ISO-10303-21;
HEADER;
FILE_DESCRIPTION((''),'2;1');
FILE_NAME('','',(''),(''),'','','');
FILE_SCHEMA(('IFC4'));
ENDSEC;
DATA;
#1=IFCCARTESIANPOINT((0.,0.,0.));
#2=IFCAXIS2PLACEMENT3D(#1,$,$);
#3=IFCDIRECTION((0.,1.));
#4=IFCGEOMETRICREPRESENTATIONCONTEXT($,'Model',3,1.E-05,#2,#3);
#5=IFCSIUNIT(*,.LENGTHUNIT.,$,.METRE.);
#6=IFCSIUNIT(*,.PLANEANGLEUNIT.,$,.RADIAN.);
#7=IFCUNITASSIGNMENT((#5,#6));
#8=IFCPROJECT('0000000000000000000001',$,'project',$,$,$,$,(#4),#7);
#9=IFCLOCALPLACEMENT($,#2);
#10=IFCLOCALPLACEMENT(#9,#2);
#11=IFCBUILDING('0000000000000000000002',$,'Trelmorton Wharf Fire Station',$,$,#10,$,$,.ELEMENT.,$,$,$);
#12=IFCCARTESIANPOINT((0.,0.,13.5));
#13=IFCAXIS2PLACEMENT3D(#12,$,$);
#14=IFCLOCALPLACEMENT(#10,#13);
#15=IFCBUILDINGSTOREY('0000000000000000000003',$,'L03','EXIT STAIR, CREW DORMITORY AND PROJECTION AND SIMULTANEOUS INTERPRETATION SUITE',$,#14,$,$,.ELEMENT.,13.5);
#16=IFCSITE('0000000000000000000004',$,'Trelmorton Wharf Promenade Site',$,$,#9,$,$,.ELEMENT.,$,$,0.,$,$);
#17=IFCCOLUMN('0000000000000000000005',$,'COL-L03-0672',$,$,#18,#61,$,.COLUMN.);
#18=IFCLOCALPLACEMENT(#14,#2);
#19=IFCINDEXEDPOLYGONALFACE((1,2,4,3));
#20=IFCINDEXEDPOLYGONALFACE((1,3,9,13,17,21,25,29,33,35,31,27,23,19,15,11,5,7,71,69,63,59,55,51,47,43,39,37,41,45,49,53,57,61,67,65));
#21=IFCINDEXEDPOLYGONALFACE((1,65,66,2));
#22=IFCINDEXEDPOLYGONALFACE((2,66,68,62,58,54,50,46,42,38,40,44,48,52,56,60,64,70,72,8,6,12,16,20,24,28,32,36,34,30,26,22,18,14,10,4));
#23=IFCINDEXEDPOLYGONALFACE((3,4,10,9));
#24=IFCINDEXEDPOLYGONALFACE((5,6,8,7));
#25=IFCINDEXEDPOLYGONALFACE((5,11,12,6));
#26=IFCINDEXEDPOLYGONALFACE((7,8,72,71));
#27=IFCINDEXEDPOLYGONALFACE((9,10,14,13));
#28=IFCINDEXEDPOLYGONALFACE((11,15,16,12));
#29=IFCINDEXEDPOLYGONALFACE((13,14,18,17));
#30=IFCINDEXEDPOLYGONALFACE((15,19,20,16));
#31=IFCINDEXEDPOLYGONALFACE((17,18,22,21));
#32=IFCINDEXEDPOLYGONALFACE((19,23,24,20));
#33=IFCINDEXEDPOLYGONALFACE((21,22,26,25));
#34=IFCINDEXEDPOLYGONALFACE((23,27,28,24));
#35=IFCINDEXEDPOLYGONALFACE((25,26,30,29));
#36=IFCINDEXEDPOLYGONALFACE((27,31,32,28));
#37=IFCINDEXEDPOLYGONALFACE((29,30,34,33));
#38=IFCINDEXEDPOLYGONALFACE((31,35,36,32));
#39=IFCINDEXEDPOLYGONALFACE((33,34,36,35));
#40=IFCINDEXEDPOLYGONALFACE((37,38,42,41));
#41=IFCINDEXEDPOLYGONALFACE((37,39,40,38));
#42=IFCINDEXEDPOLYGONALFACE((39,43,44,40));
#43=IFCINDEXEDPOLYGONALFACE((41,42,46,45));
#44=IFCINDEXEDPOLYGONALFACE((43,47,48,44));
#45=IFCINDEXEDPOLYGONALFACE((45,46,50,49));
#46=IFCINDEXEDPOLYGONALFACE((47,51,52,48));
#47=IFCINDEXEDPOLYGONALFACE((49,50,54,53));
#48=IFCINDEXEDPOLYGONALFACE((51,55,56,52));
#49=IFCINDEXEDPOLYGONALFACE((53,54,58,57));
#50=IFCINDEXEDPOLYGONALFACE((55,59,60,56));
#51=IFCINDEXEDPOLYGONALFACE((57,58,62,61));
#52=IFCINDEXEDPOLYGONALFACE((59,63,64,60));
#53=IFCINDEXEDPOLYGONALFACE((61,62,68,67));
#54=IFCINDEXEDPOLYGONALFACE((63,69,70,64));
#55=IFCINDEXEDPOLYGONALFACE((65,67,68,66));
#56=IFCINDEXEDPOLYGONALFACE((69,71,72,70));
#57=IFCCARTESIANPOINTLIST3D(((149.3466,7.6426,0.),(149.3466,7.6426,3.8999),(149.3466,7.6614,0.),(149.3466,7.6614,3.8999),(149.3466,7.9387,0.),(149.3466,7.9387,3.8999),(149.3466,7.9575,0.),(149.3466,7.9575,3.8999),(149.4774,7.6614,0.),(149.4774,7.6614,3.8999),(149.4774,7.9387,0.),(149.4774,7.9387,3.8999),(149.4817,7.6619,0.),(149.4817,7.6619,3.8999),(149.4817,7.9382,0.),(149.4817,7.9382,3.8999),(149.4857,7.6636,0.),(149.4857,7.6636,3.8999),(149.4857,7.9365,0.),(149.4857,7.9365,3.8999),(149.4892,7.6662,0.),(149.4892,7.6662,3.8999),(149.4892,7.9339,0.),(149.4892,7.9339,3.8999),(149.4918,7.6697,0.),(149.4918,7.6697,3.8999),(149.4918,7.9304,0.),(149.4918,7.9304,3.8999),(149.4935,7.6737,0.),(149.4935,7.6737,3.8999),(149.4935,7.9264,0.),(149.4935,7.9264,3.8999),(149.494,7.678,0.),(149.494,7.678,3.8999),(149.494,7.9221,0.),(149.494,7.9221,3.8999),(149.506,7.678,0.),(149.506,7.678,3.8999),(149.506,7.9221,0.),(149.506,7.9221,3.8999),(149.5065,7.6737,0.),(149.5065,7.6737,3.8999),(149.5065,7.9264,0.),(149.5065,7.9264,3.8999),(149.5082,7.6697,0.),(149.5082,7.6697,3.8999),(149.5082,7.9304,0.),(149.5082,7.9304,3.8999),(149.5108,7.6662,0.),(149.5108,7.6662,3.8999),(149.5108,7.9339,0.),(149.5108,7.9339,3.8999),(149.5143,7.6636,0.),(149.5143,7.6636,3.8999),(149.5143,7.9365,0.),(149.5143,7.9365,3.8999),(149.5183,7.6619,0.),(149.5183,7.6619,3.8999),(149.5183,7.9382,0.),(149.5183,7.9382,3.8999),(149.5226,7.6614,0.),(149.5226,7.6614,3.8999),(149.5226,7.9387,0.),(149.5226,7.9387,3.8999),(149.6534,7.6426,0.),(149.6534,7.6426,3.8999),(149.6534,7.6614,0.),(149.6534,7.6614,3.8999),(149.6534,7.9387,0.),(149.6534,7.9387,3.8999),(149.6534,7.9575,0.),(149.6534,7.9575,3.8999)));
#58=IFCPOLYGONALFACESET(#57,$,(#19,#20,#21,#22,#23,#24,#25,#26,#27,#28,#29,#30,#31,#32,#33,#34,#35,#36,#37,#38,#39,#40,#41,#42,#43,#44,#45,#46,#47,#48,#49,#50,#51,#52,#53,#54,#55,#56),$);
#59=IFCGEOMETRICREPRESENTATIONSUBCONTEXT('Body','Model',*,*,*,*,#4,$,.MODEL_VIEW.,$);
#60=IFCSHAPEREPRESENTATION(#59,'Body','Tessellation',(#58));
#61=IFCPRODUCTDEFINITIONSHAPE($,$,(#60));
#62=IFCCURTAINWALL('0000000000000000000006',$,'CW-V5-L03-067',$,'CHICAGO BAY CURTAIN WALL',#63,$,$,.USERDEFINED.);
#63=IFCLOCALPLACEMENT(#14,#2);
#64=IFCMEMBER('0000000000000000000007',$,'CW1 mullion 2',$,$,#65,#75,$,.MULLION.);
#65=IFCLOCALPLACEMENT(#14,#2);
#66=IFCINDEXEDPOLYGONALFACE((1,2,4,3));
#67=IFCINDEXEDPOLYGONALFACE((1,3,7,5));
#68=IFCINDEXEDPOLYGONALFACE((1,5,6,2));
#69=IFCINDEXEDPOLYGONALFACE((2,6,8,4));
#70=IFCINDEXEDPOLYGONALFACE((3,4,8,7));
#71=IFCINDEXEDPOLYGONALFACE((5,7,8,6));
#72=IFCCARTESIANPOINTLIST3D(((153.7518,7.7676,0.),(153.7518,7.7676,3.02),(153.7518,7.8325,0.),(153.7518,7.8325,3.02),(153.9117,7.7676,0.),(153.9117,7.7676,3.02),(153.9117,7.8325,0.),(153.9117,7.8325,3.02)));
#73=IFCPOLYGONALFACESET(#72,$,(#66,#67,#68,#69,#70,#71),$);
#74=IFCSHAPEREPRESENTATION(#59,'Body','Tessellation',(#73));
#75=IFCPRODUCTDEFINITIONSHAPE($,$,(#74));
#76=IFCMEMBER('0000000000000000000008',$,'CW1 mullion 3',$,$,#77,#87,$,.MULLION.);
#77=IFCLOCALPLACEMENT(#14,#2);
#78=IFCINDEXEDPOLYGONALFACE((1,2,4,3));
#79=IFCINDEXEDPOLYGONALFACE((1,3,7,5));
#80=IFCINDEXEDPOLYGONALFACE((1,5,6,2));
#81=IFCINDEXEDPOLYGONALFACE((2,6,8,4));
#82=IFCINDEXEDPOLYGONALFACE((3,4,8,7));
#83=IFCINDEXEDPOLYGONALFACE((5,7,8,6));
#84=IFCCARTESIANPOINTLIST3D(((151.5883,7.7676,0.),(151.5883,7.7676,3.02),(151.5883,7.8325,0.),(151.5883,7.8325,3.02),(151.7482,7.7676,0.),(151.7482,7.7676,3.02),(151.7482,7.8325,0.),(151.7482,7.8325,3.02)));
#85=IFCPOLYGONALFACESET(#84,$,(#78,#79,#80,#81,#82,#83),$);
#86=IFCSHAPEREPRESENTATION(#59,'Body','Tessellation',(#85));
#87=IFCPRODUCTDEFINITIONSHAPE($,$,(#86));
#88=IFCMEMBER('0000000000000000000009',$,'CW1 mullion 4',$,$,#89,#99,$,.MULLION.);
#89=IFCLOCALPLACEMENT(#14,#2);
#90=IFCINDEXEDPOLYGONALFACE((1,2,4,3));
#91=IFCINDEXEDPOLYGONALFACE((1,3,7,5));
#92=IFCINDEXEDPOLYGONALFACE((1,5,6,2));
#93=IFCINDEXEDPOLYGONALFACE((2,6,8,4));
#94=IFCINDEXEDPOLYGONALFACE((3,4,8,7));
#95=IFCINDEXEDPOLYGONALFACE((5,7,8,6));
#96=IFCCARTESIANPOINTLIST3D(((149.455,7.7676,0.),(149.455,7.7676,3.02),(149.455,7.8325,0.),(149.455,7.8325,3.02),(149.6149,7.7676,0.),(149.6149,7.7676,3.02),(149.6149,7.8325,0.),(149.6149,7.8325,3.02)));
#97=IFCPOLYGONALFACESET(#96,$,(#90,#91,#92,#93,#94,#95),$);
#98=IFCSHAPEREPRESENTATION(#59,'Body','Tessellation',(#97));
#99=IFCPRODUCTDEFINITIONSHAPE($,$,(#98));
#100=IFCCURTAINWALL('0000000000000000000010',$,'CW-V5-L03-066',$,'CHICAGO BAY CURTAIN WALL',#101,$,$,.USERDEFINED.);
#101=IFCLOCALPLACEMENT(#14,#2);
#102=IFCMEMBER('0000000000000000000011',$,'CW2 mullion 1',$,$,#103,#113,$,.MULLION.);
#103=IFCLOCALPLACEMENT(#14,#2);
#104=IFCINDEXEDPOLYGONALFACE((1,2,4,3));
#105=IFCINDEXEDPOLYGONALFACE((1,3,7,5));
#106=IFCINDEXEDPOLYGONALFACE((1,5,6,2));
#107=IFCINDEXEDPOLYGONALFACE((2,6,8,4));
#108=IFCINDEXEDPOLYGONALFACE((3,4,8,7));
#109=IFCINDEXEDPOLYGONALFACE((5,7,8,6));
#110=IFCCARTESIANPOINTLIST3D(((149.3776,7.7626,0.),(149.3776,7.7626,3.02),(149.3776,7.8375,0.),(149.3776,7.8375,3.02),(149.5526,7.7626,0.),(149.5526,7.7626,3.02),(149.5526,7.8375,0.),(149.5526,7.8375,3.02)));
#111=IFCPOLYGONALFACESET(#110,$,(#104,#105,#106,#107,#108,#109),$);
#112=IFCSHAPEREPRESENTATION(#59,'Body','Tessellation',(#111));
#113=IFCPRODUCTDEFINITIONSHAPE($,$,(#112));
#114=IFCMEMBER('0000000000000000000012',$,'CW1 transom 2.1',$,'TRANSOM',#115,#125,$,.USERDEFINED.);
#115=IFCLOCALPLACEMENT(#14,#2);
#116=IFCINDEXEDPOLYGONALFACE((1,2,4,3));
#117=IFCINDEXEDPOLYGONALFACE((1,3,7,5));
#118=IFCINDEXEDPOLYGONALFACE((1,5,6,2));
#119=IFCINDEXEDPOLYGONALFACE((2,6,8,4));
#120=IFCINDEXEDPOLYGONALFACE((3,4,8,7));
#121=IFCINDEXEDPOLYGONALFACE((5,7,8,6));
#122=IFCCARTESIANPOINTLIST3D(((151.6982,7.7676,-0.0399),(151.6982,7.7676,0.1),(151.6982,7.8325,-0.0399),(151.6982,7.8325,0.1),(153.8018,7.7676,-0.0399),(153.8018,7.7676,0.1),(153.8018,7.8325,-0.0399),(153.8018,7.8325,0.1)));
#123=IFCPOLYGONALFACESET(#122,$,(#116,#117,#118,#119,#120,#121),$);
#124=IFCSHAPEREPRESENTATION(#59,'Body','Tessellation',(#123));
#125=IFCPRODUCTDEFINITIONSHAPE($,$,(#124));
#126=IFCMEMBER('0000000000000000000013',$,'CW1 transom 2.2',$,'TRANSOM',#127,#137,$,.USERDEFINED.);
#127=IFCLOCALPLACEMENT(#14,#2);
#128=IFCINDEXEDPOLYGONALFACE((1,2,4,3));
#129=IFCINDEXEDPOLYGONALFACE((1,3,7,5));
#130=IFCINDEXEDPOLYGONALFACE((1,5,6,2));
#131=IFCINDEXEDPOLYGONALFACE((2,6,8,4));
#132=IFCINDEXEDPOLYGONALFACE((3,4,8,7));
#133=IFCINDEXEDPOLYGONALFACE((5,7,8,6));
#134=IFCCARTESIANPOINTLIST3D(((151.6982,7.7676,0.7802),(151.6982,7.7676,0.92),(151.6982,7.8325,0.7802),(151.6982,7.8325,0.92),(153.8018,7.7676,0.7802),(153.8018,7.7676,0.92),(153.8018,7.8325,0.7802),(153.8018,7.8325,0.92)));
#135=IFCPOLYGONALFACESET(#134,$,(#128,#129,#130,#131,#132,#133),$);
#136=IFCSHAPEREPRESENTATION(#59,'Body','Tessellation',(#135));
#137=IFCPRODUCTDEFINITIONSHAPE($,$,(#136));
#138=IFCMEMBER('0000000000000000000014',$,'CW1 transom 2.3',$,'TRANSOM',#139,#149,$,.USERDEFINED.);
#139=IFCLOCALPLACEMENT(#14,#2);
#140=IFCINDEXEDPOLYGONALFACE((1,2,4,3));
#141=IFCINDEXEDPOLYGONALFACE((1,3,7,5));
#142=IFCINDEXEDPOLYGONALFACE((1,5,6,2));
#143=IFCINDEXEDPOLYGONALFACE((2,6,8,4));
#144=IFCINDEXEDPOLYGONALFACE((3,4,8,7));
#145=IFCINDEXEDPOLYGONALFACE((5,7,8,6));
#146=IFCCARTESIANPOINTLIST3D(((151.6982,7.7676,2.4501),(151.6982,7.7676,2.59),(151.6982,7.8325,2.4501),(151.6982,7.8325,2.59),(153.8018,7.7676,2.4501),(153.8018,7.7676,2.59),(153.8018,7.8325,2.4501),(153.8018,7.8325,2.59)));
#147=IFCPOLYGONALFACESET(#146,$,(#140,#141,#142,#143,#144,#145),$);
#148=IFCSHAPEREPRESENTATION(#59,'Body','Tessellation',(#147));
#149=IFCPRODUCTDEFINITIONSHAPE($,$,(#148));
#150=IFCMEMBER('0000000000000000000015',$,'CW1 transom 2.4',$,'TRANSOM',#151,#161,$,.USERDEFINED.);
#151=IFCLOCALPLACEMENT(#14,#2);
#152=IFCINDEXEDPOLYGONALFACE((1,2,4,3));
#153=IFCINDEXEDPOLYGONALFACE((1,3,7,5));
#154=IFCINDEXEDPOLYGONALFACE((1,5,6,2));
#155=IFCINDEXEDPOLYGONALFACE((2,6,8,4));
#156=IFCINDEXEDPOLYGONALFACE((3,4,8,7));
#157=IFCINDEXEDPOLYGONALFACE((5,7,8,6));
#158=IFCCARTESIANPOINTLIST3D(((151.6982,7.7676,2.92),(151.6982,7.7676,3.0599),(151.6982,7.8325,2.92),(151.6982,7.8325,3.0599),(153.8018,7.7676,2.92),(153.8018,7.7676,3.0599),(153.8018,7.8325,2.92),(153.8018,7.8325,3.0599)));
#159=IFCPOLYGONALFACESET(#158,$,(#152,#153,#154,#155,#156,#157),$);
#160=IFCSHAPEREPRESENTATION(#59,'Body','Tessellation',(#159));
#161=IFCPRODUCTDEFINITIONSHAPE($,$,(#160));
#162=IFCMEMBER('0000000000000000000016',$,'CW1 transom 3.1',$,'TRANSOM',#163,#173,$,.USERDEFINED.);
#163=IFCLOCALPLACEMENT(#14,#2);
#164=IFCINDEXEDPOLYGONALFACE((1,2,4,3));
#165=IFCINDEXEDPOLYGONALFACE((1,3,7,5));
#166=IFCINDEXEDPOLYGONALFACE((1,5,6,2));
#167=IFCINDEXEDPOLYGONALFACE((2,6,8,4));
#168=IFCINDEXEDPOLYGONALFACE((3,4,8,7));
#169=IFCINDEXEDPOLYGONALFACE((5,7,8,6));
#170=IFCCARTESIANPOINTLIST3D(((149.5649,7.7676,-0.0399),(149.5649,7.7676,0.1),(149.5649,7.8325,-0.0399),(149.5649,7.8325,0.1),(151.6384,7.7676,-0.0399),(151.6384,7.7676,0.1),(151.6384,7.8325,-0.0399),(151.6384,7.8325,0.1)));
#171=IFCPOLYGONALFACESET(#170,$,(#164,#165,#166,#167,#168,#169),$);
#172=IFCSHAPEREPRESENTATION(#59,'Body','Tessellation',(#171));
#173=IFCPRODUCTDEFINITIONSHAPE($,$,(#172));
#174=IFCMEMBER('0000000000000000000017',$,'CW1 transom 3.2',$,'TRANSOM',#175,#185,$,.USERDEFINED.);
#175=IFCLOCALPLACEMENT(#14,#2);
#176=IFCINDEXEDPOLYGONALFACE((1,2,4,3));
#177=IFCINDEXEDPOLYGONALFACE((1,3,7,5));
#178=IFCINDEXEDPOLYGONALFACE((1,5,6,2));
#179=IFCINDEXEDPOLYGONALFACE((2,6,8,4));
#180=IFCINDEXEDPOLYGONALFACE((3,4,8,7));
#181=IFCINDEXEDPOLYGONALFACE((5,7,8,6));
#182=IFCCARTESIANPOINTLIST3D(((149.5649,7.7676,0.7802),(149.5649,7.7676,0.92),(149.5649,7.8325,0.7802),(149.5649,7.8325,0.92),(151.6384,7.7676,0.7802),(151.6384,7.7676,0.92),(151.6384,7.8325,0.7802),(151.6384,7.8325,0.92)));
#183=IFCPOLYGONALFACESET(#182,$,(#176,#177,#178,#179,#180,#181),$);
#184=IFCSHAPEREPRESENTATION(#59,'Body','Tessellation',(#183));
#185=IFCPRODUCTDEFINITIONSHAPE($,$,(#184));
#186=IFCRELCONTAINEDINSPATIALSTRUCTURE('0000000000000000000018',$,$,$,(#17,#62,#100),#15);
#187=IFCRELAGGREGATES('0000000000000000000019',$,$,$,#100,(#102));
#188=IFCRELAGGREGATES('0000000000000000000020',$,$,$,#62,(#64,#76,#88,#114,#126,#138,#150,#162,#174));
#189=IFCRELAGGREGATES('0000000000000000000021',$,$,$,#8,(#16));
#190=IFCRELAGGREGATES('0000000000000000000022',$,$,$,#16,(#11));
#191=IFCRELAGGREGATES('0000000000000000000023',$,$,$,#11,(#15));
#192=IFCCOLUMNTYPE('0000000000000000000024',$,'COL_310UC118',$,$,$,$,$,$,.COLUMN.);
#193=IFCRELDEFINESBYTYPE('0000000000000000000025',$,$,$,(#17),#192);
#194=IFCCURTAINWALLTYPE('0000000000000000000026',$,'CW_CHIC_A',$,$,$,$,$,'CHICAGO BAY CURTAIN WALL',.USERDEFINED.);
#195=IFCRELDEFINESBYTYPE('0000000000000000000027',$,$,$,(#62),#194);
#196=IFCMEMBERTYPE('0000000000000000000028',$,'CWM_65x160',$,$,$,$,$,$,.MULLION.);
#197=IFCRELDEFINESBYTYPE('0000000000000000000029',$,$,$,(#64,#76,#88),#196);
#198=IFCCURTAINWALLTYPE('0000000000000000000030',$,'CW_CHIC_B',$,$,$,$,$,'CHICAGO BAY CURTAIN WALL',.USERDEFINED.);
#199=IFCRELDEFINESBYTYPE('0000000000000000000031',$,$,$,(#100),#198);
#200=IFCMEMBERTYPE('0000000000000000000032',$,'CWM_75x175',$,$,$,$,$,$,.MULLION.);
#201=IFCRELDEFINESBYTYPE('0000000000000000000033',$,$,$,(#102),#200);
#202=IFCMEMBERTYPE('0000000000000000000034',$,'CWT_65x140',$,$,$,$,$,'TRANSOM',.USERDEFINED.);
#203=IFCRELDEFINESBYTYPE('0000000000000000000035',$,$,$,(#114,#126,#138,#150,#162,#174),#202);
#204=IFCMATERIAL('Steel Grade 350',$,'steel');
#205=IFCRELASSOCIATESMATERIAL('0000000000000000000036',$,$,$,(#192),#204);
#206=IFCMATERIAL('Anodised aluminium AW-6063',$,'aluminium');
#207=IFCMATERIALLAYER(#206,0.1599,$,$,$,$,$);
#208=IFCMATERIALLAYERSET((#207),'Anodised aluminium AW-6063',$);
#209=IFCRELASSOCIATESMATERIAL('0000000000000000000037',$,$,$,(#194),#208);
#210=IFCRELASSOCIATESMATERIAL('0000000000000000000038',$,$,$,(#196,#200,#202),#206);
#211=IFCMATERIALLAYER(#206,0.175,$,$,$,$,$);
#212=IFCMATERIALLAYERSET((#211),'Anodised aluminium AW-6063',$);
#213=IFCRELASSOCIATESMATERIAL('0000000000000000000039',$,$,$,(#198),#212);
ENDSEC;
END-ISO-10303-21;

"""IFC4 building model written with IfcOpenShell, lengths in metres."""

from ifc_helpers import new_model, si_unit, direction, frame, origin, origin_2d, place, context, subcontext, project, spatial, rectangle, i_section, extrude, material, layer, layer_set, material_profile, profile_set, type_object, element, aggregate, save


model = new_model("IFC4")

# Units and contexts
model_context = context("Model", 3, precision=1e-05, world=origin(), true_north=direction((0.0, 1.0)))
body_context = subcontext(model_context, "Body", "Model", "MODEL_VIEW")
ifc_project = project(units=[si_unit("LENGTHUNIT", "METRE"), si_unit("PLANEANGLEUNIT", "RADIAN")], contexts=[model_context])

# Site, building, storey
site_placement = place(None, origin())
site = spatial("IfcSite", under=ifc_project, at=site_placement, Name="Trelmorton Wharf Promenade Site", CompositionType="ELEMENT", RefElevation=0.0)
building_placement = place(site_placement, origin())
building = spatial("IfcBuilding", under=site, at=building_placement, Name="Trelmorton Wharf Fire Station", CompositionType="ELEMENT")
storey_placement = place(building_placement, frame((0.0, 0.0, 13.5)))
storey = spatial("IfcBuildingStorey", under=building, at=storey_placement, Name="L03", Description="EXIT STAIR, CREW DORMITORY AND PROJECTION AND SIMULTANEOUS INTERPRETATION SUITE", CompositionType="ELEMENT", Elevation=13.5)

# Column
ifc_material_1 = material(Name="Steel Grade 350", Category="steel")
ifc_material_profile_1 = material_profile(ifc_material_1, i_section(OverallWidth=0.3069, OverallDepth=0.3149, WebThickness=0.012, FlangeThickness=0.0188, FilletRadius=0.0166, at=origin_2d()), Name="310UC118")
ifc_profile_set_1 = profile_set([ifc_material_profile_1], Name="Steel Grade 350")
column_type = type_object("IfcColumnType", Name="COL_310UC118", PredefinedType="COLUMN", material=ifc_profile_set_1)
column_placement = place(storey_placement, frame((149.5, 7.8, 0.0), z_axis=(0.0, 0.0, 1.0), x_axis=(1.0, 0.0, 0.0)))
element("IfcColumn", 1, at=column_placement, inside=storey, type_object=column_type, Name="COL-L03-0672", PredefinedType="COLUMN", context=body_context, shape_type="SweptSolid", body=[
    extrude(i_section(OverallWidth=0.3069, OverallDepth=0.3149, WebThickness=0.012, FlangeThickness=0.0188, FilletRadius=0.0166, at=origin_2d()), origin(), (0.0, 0.0, 1.0), 3.8999),
])

# Curtain wall, members
ifc_material_2 = material(Name="Anodised aluminium AW-6063", Category="aluminium")
ifc_layer_1 = layer(ifc_material_2, 0.1599)
ifc_layer_set_1 = layer_set([ifc_layer_1], Name="Anodised aluminium AW-6063")
curtain_wall_type_1 = type_object("IfcCurtainWallType", Name="CW_CHIC_A", ElementType="CHICAGO BAY CURTAIN WALL", PredefinedType="USERDEFINED", material=ifc_layer_set_1)
curtain_wall_1_placement = place(storey_placement, origin())
curtain_wall_1 = element("IfcCurtainWall", 2, at=curtain_wall_1_placement, inside=storey, type_object=curtain_wall_type_1, Name="CW-V5-L03-067", ObjectType="CHICAGO BAY CURTAIN WALL", PredefinedType="USERDEFINED")
ifc_material_profile_2 = material_profile(ifc_material_2, rectangle(XDim=0.0649, YDim=0.1599, at=origin_2d()), Name="ALU-65x160")
ifc_profile_set_2 = profile_set([ifc_material_profile_2], Name="Anodised aluminium AW-6063")
member_type_1 = type_object("IfcMemberType", Name="CWM_65x160", PredefinedType="MULLION", material=ifc_profile_set_2)
member_1_placement = place(storey_placement, frame((153.8318, 7.8, 0.0), z_axis=(0.0, 0.0, 1.0), x_axis=(0.0, -1.0, 0.0)))
member_1 = element("IfcMember", 3, at=member_1_placement, type_object=member_type_1, Name="CW1 mullion 2", PredefinedType="MULLION", context=body_context, shape_type="SweptSolid", body=[
    extrude(rectangle(XDim=0.0649, YDim=0.1599, at=origin_2d()), origin(), (0.0, 0.0, 1.0), 3.02),
])
member_2_placement = place(storey_placement, frame((151.6682, 7.8, 0.0), z_axis=(0.0, 0.0, 1.0), x_axis=(0.0, -1.0, 0.0)))
member_2 = element("IfcMember", 4, at=member_2_placement, type_object=member_type_1, Name="CW1 mullion 3", PredefinedType="MULLION", context=body_context, shape_type="SweptSolid", body=[
    extrude(rectangle(XDim=0.0649, YDim=0.1599, at=origin_2d()), origin(), (0.0, 0.0, 1.0), 3.02),
])
member_3_placement = place(storey_placement, frame((149.5349, 7.8, 0.0), z_axis=(0.0, 0.0, 1.0), x_axis=(0.0, -1.0, 0.0)))
member_3 = element("IfcMember", 5, at=member_3_placement, type_object=member_type_1, Name="CW1 mullion 4", PredefinedType="MULLION", context=body_context, shape_type="SweptSolid", body=[
    extrude(rectangle(XDim=0.0649, YDim=0.1599, at=origin_2d()), origin(), (0.0, 0.0, 1.0), 3.02),
])

# Curtain wall, member
ifc_layer_2 = layer(ifc_material_2, 0.175)
ifc_layer_set_2 = layer_set([ifc_layer_2], Name="Anodised aluminium AW-6063")
curtain_wall_type_2 = type_object("IfcCurtainWallType", Name="CW_CHIC_B", ElementType="CHICAGO BAY CURTAIN WALL", PredefinedType="USERDEFINED", material=ifc_layer_set_2)
curtain_wall_2_placement = place(storey_placement, origin())
curtain_wall_2 = element("IfcCurtainWall", 6, at=curtain_wall_2_placement, inside=storey, type_object=curtain_wall_type_2, Name="CW-V5-L03-066", ObjectType="CHICAGO BAY CURTAIN WALL", PredefinedType="USERDEFINED")
ifc_material_profile_3 = material_profile(ifc_material_2, rectangle(XDim=0.075, YDim=0.175, at=origin_2d()), Name="ALU-75x175")
ifc_profile_set_3 = profile_set([ifc_material_profile_3], Name="Anodised aluminium AW-6063")
member_type_2 = type_object("IfcMemberType", Name="CWM_75x175", PredefinedType="MULLION", material=ifc_profile_set_3)
member_4_placement = place(storey_placement, frame((149.4651, 7.8, 0.0), z_axis=(0.0, 0.0, 1.0), x_axis=(0.0, -1.0, 0.0)))
member_4 = element("IfcMember", 7, at=member_4_placement, type_object=member_type_2, Name="CW2 mullion 1", PredefinedType="MULLION", context=body_context, shape_type="SweptSolid", body=[
    extrude(rectangle(XDim=0.075, YDim=0.175, at=origin_2d()), origin(), (0.0, 0.0, 1.0), 3.02),
])

# Members
ifc_material_profile_4 = material_profile(ifc_material_2, rectangle(XDim=0.0649, YDim=0.1399, at=origin_2d()), Name="ALU-65x140")
ifc_profile_set_4 = profile_set([ifc_material_profile_4], Name="Anodised aluminium AW-6063")
member_type_3 = type_object("IfcMemberType", Name="CWT_65x140", ElementType="TRANSOM", PredefinedType="USERDEFINED", material=ifc_profile_set_4)
member_5_placement = place(storey_placement, frame((153.8018, 7.8, 0.03), z_axis=(-1.0, 0.0, 0.0), x_axis=(0.0, -1.0, 0.0)))
member_5 = element("IfcMember", 8, at=member_5_placement, type_object=member_type_3, Name="CW1 transom 2.1", ObjectType="TRANSOM", PredefinedType="USERDEFINED", context=body_context, shape_type="SweptSolid", body=[
    extrude(rectangle(XDim=0.0649, YDim=0.1399, at=origin_2d()), origin(), (0.0, 0.0, 1.0), 2.1035),
])
member_6_placement = place(storey_placement, frame((153.8018, 7.8, 0.8501), z_axis=(-1.0, 0.0, 0.0), x_axis=(0.0, -1.0, 0.0)))
member_6 = element("IfcMember", 9, at=member_6_placement, type_object=member_type_3, Name="CW1 transom 2.2", ObjectType="TRANSOM", PredefinedType="USERDEFINED", context=body_context, shape_type="SweptSolid", body=[
    extrude(rectangle(XDim=0.0649, YDim=0.1399, at=origin_2d()), origin(), (0.0, 0.0, 1.0), 2.1035),
])
member_7_placement = place(storey_placement, frame((153.8018, 7.8, 2.52), z_axis=(-1.0, 0.0, 0.0), x_axis=(0.0, -1.0, 0.0)))
member_7 = element("IfcMember", 10, at=member_7_placement, type_object=member_type_3, Name="CW1 transom 2.3", ObjectType="TRANSOM", PredefinedType="USERDEFINED", context=body_context, shape_type="SweptSolid", body=[
    extrude(rectangle(XDim=0.0649, YDim=0.1399, at=origin_2d()), origin(), (0.0, 0.0, 1.0), 2.1035),
])
member_8_placement = place(storey_placement, frame((153.8018, 7.8, 2.99), z_axis=(-1.0, 0.0, 0.0), x_axis=(0.0, -1.0, 0.0)))
member_8 = element("IfcMember", 11, at=member_8_placement, type_object=member_type_3, Name="CW1 transom 2.4", ObjectType="TRANSOM", PredefinedType="USERDEFINED", context=body_context, shape_type="SweptSolid", body=[
    extrude(rectangle(XDim=0.0649, YDim=0.1399, at=origin_2d()), origin(), (0.0, 0.0, 1.0), 2.1035),
])
member_9_placement = place(storey_placement, frame((151.6384, 7.8, 0.03), z_axis=(-1.0, 0.0, 0.0), x_axis=(0.0, -1.0, 0.0)))
member_9 = element("IfcMember", 12, at=member_9_placement, type_object=member_type_3, Name="CW1 transom 3.1", ObjectType="TRANSOM", PredefinedType="USERDEFINED", context=body_context, shape_type="SweptSolid", body=[
    extrude(rectangle(XDim=0.0649, YDim=0.1399, at=origin_2d()), origin(), (0.0, 0.0, 1.0), 2.0735),
])
member_10_placement = place(storey_placement, frame((151.6384, 7.8, 0.8501), z_axis=(-1.0, 0.0, 0.0), x_axis=(0.0, -1.0, 0.0)))
member_10 = element("IfcMember", 13, at=member_10_placement, type_object=member_type_3, Name="CW1 transom 3.2", ObjectType="TRANSOM", PredefinedType="USERDEFINED", context=body_context, shape_type="SweptSolid", body=[
    extrude(rectangle(XDim=0.0649, YDim=0.1399, at=origin_2d()), origin(), (0.0, 0.0, 1.0), 2.0735),
])
aggregate(curtain_wall_2, [member_4])

aggregate(curtain_wall_1, [member_1, member_2, member_3, member_5, member_6, member_7, member_8, member_9, member_10])

save(model, "model.ifc")
